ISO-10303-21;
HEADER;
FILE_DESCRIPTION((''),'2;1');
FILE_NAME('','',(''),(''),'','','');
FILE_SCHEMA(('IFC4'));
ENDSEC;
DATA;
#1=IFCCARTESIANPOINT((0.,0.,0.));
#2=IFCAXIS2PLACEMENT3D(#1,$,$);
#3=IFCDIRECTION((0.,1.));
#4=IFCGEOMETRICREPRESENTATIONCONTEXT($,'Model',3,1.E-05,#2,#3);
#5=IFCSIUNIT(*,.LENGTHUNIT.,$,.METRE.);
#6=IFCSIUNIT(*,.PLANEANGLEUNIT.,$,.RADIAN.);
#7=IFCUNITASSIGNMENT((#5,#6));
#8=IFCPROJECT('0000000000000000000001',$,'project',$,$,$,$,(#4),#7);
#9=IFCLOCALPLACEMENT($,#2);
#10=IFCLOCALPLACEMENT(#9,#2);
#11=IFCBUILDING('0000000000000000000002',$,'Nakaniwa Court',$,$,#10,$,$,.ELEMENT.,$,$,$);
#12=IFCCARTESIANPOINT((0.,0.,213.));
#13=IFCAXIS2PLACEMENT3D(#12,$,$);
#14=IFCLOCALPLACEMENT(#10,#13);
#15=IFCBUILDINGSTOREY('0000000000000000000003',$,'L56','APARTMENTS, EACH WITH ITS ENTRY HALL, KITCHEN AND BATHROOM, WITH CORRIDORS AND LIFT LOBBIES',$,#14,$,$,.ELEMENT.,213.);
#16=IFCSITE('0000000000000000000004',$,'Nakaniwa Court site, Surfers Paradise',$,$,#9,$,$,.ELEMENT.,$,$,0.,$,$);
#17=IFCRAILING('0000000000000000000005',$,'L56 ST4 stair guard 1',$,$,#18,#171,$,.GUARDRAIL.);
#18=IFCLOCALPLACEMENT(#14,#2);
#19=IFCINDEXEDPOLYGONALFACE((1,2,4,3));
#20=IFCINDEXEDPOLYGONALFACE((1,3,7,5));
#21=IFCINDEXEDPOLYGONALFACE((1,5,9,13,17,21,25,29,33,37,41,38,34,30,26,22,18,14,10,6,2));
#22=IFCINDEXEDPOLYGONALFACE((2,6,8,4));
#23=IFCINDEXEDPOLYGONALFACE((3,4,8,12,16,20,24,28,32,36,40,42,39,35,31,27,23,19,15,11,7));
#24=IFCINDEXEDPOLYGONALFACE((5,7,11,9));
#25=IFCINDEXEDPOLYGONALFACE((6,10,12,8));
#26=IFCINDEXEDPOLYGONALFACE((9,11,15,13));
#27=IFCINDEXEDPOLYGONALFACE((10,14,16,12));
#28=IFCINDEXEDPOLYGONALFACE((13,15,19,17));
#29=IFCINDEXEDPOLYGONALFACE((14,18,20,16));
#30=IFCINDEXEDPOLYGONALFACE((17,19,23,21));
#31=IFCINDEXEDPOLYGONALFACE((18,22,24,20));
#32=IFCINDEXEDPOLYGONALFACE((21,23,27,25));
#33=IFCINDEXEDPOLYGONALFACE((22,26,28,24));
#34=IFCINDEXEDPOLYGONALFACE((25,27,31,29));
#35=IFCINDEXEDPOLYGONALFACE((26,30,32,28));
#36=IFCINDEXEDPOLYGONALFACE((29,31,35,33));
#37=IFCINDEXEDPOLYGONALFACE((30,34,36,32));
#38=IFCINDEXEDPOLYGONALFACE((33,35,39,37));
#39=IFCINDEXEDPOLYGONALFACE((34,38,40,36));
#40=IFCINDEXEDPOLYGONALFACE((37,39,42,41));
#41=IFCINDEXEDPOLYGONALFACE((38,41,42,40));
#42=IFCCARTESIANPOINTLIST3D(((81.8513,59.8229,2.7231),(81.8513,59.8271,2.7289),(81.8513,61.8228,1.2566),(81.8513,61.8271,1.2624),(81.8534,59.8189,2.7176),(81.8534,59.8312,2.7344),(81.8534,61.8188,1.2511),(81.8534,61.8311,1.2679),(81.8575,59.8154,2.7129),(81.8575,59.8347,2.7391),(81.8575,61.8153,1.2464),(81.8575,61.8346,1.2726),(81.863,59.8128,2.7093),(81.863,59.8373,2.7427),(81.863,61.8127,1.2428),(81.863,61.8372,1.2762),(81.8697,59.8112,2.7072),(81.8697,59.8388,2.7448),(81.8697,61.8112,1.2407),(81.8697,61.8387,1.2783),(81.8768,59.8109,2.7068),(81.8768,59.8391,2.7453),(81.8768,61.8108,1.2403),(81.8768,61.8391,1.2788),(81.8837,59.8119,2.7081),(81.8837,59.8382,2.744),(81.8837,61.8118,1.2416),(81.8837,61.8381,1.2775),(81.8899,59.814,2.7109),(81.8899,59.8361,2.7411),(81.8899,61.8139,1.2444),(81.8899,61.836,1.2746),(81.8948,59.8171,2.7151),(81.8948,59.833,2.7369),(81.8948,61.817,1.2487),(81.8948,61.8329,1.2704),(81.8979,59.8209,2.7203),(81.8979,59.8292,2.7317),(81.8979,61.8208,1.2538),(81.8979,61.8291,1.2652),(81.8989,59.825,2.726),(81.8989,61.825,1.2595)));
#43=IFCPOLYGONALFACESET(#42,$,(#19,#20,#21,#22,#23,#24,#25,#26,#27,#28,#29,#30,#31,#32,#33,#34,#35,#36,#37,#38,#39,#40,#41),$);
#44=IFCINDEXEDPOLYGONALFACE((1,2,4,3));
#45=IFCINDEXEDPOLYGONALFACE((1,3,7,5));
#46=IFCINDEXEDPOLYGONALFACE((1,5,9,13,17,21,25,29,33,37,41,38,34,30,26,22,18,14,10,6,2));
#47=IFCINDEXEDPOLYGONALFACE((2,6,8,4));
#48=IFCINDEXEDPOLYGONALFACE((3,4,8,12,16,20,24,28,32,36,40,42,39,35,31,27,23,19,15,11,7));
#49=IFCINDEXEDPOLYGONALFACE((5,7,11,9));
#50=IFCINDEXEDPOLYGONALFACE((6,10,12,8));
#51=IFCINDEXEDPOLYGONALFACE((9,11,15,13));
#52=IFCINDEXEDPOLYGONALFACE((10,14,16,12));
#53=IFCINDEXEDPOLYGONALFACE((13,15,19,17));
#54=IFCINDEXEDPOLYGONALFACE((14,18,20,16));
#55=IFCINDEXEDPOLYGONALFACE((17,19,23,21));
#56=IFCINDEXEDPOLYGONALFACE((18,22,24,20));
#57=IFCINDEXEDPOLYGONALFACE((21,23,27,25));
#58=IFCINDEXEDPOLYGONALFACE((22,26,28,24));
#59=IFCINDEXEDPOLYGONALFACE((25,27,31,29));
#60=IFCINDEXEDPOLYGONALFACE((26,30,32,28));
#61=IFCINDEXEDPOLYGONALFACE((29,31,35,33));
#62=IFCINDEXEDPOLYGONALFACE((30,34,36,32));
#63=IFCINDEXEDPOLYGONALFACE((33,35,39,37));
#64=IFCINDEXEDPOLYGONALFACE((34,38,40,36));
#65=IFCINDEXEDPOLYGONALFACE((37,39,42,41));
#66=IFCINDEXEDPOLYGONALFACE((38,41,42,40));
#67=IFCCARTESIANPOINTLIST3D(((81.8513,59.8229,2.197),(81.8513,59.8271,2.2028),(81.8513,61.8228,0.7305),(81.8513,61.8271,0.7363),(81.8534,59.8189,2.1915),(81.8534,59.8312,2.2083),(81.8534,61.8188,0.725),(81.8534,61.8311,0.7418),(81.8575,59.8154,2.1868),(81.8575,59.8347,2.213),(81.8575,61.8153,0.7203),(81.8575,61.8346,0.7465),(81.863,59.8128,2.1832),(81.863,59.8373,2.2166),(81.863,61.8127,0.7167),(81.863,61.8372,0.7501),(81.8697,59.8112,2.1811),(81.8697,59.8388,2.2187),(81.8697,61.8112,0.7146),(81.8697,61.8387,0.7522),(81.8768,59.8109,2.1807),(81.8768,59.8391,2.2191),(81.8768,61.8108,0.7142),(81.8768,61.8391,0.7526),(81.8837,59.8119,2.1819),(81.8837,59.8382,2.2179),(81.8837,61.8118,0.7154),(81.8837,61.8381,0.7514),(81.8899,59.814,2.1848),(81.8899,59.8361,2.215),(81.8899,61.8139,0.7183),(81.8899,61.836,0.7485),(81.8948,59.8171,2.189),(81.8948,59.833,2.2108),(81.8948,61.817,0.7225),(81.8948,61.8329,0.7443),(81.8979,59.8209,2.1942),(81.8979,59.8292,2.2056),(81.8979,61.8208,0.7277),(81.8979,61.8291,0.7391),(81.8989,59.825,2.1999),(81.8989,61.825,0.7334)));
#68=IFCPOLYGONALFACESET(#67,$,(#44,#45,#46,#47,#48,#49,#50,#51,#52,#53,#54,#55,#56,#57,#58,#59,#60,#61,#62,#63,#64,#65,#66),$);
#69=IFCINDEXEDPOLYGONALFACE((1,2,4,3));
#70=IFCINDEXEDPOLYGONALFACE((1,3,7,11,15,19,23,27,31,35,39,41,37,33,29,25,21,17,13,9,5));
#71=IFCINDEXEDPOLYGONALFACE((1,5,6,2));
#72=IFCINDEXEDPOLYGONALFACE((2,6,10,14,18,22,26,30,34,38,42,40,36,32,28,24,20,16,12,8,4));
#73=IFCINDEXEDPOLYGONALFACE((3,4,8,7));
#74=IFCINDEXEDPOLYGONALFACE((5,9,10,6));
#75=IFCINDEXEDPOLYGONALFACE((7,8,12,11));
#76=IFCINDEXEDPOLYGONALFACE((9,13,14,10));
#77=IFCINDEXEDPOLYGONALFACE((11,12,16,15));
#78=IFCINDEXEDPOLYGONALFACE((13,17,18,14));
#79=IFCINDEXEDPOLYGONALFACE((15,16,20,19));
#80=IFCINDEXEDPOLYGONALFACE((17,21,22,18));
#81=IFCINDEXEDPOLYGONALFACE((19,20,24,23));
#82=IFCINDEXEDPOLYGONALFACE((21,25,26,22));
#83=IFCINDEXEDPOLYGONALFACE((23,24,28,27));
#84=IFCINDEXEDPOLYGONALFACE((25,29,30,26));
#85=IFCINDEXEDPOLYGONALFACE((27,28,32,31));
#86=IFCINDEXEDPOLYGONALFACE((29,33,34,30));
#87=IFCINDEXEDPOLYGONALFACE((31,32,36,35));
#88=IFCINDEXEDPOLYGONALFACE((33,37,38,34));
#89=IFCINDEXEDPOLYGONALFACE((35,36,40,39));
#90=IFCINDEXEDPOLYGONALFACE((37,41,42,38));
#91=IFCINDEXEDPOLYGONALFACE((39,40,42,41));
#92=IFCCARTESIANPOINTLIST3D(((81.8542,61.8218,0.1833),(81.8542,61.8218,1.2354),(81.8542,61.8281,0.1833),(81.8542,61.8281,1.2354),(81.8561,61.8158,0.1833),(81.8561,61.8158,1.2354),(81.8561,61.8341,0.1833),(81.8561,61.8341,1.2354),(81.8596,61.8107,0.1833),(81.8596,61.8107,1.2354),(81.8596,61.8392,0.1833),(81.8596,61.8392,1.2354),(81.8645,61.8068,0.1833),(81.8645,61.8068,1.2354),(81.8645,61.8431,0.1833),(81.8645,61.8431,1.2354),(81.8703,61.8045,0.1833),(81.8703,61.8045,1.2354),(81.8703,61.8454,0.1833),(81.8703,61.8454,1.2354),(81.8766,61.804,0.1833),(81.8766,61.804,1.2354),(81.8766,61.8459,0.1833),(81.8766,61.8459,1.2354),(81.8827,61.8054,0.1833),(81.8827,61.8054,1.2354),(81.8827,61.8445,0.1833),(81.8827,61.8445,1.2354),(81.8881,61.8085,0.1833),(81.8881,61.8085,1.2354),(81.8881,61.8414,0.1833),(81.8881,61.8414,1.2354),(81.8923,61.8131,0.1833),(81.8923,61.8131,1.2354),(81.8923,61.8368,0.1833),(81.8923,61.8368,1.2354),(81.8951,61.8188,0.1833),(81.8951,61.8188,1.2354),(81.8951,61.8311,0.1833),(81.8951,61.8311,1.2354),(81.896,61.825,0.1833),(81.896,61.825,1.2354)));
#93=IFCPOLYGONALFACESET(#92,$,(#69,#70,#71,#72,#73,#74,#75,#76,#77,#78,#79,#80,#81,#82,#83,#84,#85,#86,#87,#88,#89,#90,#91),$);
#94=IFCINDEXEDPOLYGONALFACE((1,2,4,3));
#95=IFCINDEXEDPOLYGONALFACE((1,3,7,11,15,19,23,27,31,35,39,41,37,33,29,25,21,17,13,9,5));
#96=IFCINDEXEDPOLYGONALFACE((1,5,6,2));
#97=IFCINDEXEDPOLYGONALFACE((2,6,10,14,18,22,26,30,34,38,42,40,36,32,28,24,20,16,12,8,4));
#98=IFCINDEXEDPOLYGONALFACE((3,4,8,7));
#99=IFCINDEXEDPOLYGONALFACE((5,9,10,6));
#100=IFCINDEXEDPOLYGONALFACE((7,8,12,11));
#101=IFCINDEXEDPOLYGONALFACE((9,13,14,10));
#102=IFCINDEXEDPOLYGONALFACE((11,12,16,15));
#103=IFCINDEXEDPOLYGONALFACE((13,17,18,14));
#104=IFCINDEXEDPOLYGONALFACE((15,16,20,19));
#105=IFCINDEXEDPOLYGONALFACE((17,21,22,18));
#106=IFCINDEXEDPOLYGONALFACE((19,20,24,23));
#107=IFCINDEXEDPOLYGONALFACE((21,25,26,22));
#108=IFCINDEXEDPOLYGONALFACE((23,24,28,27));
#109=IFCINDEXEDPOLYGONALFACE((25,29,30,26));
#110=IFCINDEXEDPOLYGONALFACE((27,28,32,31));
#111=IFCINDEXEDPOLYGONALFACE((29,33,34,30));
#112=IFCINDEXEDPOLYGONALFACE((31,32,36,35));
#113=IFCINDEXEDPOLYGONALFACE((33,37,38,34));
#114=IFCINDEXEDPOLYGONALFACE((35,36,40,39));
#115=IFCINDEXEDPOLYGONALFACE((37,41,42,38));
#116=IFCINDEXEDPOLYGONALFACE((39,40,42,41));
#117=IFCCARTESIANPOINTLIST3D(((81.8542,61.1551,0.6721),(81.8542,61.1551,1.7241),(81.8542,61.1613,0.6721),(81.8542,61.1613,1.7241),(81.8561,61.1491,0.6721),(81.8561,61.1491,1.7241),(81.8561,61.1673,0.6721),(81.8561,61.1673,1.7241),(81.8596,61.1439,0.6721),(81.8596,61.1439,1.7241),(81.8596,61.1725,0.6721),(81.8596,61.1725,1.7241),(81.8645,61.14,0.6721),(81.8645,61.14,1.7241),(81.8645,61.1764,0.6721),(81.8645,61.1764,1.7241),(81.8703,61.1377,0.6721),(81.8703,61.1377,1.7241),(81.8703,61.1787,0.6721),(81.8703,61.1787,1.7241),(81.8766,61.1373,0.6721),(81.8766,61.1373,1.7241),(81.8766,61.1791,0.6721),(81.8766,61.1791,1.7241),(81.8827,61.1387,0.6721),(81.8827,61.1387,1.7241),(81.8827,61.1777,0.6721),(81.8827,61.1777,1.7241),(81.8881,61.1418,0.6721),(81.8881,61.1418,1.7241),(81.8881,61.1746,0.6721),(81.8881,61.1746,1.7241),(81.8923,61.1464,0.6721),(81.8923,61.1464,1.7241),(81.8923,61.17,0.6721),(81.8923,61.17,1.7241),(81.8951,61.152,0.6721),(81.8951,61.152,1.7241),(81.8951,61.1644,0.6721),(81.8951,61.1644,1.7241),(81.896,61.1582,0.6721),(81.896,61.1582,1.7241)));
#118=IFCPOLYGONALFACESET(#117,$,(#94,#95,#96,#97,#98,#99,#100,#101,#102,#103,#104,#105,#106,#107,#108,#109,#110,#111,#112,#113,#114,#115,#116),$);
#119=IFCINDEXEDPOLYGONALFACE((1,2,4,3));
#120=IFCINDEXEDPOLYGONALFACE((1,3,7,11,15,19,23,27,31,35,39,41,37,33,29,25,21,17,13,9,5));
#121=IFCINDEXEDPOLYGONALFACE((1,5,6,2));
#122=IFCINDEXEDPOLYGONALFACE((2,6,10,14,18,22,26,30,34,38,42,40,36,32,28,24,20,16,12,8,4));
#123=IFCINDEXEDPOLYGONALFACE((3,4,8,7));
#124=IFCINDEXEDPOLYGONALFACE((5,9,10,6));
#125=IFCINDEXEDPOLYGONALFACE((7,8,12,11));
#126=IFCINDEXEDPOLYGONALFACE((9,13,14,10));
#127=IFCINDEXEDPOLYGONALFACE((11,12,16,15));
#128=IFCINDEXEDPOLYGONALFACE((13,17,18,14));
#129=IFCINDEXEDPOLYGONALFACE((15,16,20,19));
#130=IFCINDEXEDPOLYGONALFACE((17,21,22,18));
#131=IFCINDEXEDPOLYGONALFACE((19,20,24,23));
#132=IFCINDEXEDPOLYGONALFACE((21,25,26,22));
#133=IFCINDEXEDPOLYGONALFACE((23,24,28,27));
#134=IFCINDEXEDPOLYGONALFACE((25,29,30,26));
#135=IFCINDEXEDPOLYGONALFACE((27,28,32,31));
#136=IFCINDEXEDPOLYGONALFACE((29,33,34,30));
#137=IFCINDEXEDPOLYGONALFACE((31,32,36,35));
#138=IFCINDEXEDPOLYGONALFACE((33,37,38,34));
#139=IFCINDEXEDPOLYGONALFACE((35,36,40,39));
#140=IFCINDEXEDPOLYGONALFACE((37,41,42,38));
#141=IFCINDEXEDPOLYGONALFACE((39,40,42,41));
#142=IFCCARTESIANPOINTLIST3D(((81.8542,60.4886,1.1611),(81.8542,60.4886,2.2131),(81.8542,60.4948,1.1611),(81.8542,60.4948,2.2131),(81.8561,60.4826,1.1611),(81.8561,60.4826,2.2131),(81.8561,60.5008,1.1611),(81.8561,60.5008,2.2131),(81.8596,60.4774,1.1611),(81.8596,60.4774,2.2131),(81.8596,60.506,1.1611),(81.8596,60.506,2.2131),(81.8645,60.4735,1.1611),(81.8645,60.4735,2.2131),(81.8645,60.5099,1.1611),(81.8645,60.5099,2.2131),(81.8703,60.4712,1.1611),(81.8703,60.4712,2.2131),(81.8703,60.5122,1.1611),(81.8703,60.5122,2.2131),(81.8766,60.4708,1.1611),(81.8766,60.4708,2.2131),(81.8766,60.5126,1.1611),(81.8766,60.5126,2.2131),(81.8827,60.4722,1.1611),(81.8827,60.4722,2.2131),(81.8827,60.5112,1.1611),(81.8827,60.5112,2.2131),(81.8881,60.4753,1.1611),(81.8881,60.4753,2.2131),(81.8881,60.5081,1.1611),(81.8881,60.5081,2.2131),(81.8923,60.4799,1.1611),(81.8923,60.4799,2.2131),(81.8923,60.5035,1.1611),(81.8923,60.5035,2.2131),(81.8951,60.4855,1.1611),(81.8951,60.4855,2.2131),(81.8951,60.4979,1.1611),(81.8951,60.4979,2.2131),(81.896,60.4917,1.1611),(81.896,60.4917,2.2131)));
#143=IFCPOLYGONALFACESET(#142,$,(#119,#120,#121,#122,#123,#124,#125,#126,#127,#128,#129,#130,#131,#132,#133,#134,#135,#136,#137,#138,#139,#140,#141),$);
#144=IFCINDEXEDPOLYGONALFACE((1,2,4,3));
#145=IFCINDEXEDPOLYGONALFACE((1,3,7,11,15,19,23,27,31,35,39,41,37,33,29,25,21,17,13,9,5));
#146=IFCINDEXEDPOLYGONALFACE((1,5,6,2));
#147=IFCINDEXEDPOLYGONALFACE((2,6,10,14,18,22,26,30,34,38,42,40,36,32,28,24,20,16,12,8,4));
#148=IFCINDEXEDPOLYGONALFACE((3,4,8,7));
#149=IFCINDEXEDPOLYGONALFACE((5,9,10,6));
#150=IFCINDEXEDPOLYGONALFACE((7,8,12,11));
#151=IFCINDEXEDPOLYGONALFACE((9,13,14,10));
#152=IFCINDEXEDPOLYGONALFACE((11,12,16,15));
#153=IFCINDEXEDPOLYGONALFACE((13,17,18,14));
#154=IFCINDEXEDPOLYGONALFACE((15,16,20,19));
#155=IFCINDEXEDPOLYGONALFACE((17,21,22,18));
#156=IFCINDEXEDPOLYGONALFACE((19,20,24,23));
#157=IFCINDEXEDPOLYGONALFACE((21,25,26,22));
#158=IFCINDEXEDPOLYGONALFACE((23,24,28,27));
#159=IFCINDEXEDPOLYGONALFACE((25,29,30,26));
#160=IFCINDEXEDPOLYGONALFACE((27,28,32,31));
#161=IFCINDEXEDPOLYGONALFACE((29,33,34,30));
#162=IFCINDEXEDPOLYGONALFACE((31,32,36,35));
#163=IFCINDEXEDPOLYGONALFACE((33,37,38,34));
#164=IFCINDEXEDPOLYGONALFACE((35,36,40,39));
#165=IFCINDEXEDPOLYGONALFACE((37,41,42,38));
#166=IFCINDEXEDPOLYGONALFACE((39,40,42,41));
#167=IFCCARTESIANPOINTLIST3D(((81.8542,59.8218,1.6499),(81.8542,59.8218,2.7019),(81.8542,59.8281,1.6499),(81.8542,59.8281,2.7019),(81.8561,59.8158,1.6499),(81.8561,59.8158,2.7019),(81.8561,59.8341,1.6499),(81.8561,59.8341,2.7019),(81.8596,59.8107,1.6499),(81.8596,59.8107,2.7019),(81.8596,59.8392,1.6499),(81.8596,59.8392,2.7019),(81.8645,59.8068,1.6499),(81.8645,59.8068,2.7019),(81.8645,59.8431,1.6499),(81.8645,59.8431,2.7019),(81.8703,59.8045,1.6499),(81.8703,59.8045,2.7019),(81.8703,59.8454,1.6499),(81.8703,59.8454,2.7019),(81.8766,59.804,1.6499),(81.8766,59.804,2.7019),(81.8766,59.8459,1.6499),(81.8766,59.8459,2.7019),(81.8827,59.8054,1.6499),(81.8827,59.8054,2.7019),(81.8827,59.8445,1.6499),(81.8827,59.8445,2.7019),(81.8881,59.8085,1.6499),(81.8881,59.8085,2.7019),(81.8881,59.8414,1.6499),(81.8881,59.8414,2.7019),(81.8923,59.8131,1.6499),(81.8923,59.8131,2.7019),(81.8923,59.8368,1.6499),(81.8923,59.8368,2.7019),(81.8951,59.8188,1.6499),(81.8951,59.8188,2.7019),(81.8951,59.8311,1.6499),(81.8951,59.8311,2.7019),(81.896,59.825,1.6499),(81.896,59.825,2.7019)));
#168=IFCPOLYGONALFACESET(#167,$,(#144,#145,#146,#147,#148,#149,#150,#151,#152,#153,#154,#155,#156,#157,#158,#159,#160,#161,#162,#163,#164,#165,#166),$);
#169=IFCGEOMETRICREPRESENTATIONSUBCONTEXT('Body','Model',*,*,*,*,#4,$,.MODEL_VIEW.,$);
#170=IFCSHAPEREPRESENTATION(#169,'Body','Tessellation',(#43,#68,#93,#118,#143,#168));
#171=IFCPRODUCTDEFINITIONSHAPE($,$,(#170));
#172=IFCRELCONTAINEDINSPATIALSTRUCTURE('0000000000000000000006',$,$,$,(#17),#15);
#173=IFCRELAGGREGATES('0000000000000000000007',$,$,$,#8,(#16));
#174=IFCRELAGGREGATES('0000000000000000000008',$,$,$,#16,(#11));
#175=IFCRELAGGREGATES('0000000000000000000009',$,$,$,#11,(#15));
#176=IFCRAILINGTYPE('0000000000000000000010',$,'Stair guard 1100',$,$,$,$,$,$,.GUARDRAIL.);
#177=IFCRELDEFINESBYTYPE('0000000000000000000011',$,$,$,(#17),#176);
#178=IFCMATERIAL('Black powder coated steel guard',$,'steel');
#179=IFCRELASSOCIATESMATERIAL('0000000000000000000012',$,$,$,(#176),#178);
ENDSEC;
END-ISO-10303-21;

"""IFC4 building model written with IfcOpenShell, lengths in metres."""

from ifc_helpers import new_model, si_unit, direction, frame, origin, origin_2d, place, context, subcontext, project, spatial, circle, extrude, material, type_object, element, save


model = new_model("IFC4")

# Units and contexts
model_context = context("Model", 3, precision=1e-05, world=origin(), true_north=direction((0.0, 1.0)))
body_context = subcontext(model_context, "Body", "Model", "MODEL_VIEW")
ifc_project = project(units=[si_unit("LENGTHUNIT", "METRE"), si_unit("PLANEANGLEUNIT", "RADIAN")], contexts=[model_context])

# Site, building, storey
site_placement = place(None, origin())
site = spatial("IfcSite", under=ifc_project, at=site_placement, Name="Nakaniwa Court site, Surfers Paradise", CompositionType="ELEMENT", RefElevation=0.0)
building_placement = place(site_placement, origin())
building = spatial("IfcBuilding", under=site, at=building_placement, Name="Nakaniwa Court", CompositionType="ELEMENT")
storey_placement = place(building_placement, frame((0.0, 0.0, 213.0)))
storey = spatial("IfcBuildingStorey", under=building, at=storey_placement, Name="L56", Description="APARTMENTS, EACH WITH ITS ENTRY HALL, KITCHEN AND BATHROOM, WITH CORRIDORS AND LIFT LOBBIES", CompositionType="ELEMENT", Elevation=213.0)

# Railing
ifc_material_1 = material(Name="Black powder coated steel guard", Category="steel")
railing_type_1 = type_object("IfcRailingType", Name="Stair guard 1100", PredefinedType="GUARDRAIL", material=ifc_material_1)
railing_1_placement = place(storey_placement, frame((81.875, 61.825, 0.1833)))
element("IfcRailing", 1, at=railing_1_placement, inside=storey, type_object=railing_type_1, Name="L56 ST4 stair guard 1", PredefinedType="GUARDRAIL", context=body_context, shape_type="SweptSolid", body=[
    extrude(circle(Radius=0.0239, at=origin_2d()), frame((0.0, 0.0, 1.0762), z_axis=(0.0, -0.806427, 0.591334), x_axis=(1.0, 0.0, 0.0)), (0.0, 0.0, 1.0), 2.48),
    extrude(circle(Radius=0.0239, at=origin_2d()), frame((0.0, 0.0, 0.55), z_axis=(0.0, -0.806427, 0.591334), x_axis=(1.0, 0.0, 0.0)), (0.0, 0.0, 1.0), 2.48),
    extrude(circle(Radius=0.021, at=origin_2d()), origin(), (0.0, 0.0, 1.0), 1.052),
    extrude(circle(Radius=0.021, at=origin_2d()), frame((0.0, -0.6667, 0.4888)), (0.0, 0.0, 1.0), 1.052),
    extrude(circle(Radius=0.021, at=origin_2d()), frame((0.0, -1.3333, 0.9778)), (0.0, 0.0, 1.0), 1.052),
    extrude(circle(Radius=0.021, at=origin_2d()), frame((0.0, -2.0, 1.4666)), (0.0, 0.0, 1.0), 1.052),
])

save(model, "model.ifc")
